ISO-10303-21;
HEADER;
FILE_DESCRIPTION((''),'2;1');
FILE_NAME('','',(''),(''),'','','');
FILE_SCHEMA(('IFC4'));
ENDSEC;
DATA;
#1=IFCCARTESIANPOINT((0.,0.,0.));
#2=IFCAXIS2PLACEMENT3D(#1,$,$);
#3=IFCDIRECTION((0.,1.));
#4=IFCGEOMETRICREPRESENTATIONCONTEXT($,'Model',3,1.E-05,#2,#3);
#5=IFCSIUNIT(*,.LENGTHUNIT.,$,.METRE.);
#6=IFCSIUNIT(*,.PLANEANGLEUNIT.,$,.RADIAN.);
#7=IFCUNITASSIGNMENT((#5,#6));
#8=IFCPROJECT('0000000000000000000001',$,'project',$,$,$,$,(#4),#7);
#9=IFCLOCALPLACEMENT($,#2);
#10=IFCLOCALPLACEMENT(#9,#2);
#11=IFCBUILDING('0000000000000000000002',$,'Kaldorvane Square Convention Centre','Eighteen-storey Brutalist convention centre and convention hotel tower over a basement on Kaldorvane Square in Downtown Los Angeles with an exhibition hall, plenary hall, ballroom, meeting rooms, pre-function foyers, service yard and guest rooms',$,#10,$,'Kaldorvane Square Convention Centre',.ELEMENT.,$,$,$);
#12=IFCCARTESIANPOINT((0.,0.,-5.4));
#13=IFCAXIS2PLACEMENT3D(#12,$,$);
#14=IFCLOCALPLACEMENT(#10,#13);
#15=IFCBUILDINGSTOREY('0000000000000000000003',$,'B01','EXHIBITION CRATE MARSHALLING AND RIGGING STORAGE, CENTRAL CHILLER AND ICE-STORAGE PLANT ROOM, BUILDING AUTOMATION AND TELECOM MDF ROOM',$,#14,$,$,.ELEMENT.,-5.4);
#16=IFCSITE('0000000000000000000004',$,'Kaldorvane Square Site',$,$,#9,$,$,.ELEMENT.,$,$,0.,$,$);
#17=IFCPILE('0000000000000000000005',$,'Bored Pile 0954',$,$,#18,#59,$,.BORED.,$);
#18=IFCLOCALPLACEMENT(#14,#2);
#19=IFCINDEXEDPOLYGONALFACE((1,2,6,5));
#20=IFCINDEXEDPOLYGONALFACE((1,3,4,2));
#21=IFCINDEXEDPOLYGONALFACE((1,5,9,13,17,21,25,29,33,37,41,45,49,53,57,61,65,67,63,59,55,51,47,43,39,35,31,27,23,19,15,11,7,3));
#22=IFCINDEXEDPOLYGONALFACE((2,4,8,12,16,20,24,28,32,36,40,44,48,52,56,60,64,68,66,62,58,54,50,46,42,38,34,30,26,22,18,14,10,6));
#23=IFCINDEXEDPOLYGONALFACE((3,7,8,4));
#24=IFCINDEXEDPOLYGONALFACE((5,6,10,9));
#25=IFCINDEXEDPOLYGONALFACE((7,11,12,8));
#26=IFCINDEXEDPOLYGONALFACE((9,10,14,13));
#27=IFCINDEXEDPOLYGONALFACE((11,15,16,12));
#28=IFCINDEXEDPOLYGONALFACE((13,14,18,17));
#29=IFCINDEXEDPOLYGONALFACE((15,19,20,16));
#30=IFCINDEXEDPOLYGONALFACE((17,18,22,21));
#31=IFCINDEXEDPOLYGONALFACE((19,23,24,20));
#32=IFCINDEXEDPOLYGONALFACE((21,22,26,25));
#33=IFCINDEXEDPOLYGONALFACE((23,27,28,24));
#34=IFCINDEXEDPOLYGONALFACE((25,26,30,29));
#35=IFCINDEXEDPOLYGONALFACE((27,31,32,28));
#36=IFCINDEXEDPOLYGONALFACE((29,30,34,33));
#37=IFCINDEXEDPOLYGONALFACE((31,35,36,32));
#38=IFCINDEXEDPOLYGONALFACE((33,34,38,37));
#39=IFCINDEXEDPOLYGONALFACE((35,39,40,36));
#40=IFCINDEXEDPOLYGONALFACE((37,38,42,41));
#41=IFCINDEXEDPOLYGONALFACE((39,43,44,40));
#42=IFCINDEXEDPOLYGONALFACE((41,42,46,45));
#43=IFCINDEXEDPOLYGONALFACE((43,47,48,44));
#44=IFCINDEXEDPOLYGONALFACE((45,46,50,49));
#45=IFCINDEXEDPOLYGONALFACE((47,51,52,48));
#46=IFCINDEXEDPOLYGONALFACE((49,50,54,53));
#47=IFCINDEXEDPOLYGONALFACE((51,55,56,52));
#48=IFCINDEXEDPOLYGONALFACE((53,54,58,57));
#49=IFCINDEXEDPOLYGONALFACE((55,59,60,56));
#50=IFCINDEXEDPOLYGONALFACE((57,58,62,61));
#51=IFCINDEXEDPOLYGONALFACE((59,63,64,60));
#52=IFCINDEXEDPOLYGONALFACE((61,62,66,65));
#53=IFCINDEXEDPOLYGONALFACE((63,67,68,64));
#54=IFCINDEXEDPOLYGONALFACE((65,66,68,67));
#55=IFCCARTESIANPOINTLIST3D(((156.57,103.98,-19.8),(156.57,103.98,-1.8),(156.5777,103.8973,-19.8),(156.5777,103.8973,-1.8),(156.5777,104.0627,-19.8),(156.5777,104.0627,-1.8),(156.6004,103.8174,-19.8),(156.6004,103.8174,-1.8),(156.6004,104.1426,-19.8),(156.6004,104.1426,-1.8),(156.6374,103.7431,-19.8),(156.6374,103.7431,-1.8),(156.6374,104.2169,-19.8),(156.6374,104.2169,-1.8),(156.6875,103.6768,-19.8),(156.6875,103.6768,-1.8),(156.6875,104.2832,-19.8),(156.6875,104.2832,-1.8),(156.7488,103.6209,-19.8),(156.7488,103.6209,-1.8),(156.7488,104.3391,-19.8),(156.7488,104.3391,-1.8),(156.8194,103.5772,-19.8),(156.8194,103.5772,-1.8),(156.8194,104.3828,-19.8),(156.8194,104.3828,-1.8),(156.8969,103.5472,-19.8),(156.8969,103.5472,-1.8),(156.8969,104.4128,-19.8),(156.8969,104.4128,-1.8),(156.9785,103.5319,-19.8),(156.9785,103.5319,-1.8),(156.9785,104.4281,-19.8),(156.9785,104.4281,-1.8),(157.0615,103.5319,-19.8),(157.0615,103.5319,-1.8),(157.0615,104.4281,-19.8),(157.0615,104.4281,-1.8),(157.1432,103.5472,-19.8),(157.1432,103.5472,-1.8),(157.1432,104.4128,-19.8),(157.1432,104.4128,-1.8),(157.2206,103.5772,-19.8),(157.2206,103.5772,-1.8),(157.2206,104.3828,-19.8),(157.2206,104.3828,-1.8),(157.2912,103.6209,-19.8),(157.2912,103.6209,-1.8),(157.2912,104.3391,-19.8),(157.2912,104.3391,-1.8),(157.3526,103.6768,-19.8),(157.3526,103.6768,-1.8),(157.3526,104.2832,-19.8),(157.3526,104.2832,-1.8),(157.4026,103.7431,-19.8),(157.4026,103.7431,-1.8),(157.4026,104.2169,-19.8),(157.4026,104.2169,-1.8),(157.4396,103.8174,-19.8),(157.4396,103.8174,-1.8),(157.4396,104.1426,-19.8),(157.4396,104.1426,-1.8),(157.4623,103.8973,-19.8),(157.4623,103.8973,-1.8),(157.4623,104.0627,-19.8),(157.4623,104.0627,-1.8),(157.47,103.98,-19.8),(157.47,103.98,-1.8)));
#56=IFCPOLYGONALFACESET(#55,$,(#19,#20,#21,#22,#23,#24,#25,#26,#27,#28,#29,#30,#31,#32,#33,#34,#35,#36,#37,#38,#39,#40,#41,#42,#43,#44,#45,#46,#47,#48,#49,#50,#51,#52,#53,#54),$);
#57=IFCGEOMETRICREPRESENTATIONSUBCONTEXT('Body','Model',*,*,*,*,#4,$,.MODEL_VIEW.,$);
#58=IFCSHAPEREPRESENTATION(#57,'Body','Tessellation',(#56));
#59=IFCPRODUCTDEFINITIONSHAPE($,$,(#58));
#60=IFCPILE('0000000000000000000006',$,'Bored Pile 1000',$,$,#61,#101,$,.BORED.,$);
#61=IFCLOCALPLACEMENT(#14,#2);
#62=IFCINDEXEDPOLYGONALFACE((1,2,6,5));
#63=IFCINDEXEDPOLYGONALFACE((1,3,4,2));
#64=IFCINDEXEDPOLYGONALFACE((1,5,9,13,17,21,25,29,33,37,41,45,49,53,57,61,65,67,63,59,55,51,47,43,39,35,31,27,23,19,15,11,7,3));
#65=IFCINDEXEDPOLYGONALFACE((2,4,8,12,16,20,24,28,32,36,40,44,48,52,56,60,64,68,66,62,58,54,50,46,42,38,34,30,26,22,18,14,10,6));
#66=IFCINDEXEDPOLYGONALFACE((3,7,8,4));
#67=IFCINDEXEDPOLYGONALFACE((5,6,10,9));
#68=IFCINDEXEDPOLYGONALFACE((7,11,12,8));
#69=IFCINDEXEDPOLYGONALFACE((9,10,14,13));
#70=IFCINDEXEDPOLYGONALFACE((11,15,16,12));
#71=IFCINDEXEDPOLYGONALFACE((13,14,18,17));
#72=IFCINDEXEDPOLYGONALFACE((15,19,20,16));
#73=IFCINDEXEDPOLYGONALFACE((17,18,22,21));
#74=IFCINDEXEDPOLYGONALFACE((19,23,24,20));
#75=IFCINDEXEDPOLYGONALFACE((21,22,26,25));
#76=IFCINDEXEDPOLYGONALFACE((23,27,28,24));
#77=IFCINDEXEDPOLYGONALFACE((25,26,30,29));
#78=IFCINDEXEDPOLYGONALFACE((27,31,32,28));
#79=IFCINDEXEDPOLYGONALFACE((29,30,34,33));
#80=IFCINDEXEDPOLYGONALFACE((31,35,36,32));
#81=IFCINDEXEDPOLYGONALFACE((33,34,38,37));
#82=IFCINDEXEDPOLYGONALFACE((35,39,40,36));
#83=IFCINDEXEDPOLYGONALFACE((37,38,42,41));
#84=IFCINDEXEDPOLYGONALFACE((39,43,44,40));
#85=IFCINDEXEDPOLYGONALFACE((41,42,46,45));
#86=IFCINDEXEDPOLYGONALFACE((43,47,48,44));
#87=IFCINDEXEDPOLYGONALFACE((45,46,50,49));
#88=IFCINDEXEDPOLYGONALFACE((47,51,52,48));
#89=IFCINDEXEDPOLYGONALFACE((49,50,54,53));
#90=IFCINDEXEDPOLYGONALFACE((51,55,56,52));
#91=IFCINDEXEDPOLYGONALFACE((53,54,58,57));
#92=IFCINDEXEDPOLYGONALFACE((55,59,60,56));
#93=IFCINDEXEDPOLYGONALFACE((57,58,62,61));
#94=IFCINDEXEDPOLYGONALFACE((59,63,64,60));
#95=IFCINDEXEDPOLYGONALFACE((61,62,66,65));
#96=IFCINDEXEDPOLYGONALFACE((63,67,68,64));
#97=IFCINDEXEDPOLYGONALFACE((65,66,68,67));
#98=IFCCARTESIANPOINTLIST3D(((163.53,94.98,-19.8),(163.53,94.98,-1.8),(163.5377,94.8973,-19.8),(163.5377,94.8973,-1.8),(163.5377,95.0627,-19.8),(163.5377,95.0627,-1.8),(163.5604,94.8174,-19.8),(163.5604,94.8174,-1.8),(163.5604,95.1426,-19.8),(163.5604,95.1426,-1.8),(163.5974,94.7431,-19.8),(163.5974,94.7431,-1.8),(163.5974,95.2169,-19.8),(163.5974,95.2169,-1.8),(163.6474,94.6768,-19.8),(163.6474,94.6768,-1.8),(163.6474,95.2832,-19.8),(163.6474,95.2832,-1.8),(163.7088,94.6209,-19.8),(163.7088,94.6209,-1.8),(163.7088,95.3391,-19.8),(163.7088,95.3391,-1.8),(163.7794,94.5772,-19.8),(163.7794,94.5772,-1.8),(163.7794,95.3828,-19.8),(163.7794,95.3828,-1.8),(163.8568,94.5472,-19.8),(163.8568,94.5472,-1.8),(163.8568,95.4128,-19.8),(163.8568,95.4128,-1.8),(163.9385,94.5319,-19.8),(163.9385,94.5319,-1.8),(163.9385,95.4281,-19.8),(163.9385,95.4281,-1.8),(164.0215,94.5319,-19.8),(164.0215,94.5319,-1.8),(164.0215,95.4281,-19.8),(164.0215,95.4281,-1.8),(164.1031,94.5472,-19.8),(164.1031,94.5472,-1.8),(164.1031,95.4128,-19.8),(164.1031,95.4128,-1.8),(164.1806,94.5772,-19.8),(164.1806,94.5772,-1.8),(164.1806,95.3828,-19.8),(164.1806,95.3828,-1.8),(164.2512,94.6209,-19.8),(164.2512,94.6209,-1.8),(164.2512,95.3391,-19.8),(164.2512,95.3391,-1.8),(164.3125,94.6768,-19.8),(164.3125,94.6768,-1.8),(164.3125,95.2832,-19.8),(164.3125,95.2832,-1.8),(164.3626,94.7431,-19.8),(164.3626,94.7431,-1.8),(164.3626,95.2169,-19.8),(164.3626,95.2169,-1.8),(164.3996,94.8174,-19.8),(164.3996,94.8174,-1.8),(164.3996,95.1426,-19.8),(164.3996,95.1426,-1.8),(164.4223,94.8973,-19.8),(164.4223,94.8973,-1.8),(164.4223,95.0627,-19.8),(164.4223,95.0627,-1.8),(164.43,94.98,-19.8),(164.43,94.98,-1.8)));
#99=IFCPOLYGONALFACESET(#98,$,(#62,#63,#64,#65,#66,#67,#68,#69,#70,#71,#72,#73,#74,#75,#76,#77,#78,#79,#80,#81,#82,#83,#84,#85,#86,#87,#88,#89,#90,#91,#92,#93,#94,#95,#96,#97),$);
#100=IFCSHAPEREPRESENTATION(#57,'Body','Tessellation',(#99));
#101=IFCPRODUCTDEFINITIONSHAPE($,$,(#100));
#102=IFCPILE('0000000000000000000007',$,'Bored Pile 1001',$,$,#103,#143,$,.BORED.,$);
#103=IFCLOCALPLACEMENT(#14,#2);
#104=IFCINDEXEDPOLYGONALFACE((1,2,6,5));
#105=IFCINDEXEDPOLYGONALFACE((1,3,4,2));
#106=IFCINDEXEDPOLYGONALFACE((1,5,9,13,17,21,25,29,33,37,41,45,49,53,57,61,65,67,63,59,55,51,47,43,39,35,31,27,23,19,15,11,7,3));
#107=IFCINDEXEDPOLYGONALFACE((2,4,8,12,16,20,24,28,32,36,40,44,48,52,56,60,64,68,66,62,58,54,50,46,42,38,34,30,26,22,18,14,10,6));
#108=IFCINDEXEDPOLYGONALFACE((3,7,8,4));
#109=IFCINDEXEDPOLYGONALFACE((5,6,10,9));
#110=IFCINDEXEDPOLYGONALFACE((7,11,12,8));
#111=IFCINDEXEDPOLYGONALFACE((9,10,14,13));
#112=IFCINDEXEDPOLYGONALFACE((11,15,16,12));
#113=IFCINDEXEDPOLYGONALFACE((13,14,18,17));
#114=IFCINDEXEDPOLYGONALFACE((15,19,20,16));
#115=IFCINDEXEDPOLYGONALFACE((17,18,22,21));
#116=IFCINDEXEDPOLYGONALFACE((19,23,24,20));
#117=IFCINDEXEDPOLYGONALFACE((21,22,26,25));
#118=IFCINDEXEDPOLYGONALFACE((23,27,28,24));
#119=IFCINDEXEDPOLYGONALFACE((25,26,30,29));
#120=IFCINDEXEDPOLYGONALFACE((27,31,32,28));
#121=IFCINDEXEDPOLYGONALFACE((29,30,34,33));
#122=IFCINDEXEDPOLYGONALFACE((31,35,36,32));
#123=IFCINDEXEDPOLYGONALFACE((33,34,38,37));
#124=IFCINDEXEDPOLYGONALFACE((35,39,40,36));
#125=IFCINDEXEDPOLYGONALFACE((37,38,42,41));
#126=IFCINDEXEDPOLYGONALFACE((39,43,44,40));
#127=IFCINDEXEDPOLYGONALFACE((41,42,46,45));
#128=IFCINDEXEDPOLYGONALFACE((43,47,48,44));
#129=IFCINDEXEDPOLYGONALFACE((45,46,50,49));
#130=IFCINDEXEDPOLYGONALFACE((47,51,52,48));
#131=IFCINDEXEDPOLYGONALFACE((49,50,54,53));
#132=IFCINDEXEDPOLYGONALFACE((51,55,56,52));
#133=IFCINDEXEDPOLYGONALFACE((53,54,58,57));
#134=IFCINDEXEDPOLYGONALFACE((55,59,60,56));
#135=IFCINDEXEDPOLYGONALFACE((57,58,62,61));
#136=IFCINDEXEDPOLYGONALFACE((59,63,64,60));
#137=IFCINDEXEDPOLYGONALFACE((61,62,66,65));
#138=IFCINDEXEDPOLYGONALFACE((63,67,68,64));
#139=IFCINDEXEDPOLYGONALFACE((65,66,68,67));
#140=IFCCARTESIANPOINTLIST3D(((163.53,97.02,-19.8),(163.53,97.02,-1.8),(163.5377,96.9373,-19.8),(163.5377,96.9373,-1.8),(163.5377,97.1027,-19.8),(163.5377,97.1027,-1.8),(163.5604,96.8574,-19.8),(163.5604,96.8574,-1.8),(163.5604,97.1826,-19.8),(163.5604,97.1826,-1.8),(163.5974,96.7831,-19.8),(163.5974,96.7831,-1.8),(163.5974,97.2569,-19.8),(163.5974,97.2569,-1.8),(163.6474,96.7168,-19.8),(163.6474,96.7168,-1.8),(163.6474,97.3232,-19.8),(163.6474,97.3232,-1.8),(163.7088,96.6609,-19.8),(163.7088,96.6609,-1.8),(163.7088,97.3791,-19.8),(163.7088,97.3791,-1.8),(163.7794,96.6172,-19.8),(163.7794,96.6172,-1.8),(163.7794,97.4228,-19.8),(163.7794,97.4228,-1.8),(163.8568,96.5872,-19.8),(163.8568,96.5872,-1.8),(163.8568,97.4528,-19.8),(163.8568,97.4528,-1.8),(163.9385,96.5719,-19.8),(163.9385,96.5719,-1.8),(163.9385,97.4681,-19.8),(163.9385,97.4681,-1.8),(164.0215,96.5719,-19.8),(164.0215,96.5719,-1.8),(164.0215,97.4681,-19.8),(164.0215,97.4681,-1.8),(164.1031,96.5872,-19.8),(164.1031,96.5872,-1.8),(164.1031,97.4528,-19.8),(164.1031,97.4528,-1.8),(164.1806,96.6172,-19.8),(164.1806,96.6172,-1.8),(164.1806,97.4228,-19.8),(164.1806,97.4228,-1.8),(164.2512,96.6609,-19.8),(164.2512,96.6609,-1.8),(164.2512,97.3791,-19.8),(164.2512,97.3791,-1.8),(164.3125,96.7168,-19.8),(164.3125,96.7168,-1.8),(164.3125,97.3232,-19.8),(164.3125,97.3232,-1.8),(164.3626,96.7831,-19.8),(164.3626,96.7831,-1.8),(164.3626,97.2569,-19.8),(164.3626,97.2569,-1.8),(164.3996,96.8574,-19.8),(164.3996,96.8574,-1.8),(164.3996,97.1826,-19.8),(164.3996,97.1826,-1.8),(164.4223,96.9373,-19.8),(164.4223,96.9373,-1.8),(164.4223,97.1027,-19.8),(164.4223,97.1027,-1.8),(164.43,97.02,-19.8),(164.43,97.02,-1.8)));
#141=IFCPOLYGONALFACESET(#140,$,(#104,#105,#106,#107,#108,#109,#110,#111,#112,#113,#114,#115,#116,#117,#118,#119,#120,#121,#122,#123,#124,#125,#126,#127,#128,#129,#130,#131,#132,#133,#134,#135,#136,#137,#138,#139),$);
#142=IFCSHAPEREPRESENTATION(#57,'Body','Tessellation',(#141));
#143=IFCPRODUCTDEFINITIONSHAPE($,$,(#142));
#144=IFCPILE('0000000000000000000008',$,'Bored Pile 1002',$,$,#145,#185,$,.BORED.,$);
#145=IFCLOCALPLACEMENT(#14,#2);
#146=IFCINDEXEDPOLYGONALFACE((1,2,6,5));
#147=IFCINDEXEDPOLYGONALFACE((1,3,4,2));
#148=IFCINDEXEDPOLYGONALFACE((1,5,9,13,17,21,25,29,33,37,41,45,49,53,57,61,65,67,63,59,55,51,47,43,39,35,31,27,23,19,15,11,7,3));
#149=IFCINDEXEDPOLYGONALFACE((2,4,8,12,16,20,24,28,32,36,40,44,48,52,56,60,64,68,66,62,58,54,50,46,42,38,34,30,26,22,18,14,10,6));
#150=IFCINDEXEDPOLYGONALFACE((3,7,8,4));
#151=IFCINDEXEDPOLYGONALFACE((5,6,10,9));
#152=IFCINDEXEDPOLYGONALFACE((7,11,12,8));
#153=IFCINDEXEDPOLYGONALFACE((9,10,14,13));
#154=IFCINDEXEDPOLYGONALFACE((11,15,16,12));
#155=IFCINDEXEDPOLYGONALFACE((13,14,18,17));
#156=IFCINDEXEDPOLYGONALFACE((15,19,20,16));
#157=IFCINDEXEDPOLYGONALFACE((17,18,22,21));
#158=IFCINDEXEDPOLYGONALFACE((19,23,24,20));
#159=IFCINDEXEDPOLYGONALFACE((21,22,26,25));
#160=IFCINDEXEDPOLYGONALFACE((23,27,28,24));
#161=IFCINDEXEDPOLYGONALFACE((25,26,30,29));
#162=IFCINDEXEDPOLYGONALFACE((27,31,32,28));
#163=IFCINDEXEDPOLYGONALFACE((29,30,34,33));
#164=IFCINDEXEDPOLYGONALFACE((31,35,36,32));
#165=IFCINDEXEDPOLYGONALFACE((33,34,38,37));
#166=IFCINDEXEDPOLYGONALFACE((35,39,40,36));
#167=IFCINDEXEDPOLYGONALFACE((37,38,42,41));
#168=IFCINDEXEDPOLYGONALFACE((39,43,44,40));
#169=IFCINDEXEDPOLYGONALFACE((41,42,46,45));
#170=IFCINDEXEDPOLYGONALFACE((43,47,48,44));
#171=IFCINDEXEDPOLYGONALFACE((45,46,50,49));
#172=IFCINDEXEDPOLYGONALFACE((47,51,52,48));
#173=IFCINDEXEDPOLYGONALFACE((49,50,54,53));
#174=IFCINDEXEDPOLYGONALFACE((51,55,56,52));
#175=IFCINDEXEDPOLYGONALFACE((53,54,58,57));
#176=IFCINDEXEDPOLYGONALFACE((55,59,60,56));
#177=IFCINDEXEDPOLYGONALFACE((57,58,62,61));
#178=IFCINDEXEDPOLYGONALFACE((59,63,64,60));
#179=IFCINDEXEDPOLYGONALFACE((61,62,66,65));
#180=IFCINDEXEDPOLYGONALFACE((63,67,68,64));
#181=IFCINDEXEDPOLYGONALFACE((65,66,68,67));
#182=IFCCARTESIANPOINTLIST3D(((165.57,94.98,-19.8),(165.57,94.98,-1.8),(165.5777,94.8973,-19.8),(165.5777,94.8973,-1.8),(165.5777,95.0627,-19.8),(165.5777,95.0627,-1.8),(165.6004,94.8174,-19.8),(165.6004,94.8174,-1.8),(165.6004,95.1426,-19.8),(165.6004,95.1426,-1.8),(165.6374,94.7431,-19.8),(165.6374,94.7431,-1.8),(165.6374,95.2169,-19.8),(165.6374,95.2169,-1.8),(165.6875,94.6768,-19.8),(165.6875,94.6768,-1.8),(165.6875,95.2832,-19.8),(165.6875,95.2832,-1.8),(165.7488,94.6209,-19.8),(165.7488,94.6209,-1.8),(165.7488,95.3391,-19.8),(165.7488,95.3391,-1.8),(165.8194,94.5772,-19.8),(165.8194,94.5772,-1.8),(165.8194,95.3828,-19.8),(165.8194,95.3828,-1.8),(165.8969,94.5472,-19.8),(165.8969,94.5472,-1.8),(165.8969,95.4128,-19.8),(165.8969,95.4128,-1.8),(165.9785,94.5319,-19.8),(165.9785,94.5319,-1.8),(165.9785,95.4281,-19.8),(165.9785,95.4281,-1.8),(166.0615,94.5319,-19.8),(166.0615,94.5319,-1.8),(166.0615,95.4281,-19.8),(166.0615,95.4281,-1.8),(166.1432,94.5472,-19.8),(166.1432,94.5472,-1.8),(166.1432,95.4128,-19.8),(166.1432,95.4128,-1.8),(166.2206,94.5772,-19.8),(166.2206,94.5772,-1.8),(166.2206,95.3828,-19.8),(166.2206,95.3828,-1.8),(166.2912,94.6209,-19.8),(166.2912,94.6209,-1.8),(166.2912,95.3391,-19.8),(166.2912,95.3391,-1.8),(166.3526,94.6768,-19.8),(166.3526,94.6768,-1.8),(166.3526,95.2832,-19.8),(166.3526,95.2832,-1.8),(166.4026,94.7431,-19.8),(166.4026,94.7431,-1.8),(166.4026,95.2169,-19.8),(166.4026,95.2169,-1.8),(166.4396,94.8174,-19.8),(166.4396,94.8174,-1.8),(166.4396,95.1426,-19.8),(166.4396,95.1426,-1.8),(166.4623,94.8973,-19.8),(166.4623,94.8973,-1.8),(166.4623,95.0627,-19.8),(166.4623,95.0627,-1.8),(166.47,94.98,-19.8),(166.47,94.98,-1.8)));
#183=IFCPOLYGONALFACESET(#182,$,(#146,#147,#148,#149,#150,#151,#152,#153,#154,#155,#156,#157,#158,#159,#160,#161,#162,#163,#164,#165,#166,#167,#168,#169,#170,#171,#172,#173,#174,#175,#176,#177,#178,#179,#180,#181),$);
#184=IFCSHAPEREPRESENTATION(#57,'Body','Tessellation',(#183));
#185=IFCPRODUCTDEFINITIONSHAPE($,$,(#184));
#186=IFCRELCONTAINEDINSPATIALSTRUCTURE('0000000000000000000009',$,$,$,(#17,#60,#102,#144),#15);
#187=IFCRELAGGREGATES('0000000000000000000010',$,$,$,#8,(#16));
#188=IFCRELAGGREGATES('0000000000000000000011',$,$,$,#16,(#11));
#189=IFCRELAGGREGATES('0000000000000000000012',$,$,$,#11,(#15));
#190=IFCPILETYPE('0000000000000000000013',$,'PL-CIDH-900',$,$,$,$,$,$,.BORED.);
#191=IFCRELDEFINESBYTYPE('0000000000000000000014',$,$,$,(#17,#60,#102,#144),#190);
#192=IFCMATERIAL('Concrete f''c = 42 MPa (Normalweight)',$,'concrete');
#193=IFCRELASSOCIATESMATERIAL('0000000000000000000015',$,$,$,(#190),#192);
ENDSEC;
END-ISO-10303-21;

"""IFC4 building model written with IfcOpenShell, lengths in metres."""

from ifc_helpers import new_model, si_unit, direction, frame, origin, origin_2d, place, context, subcontext, project, spatial, circle, extrude, material, material_profile, profile_set, type_object, element, save


model = new_model("IFC4")

# Units and contexts
model_context = context("Model", 3, precision=1e-05, world=origin(), true_north=direction((0.0, 1.0)))
body_context = subcontext(model_context, "Body", "Model", "MODEL_VIEW")
ifc_project = project(units=[si_unit("LENGTHUNIT", "METRE"), si_unit("PLANEANGLEUNIT", "RADIAN")], contexts=[model_context])

# Site, building, storey
site_placement = place(None, origin())
site = spatial("IfcSite", under=ifc_project, at=site_placement, Name="Kaldorvane Square Site", CompositionType="ELEMENT", RefElevation=0.0)
building_placement = place(site_placement, origin())
building = spatial("IfcBuilding", under=site, at=building_placement, Name="Kaldorvane Square Convention Centre", Description="Eighteen-storey Brutalist convention centre and convention hotel tower over a basement on Kaldorvane Square in Downtown Los Angeles with an exhibition hall, plenary hall, ballroom, meeting rooms, pre-function foyers, service yard and guest rooms", LongName="Kaldorvane Square Convention Centre", CompositionType="ELEMENT")
storey_placement = place(building_placement, frame((0.0, 0.0, -5.4)))
storey = spatial("IfcBuildingStorey", under=building, at=storey_placement, Name="B01", Description="EXHIBITION CRATE MARSHALLING AND RIGGING STORAGE, CENTRAL CHILLER AND ICE-STORAGE PLANT ROOM, BUILDING AUTOMATION AND TELECOM MDF ROOM", CompositionType="ELEMENT", Elevation=-5.4)

# Shared definitions
ifc_material_1 = material(Name="Concrete f'c = 42 MPa (Normalweight)", Category="concrete")

# Piles
ifc_material_profile_1 = material_profile(ifc_material_1, circle(Radius=0.45, at=origin_2d()), Name="PILE-D900")
ifc_profile_set_1 = profile_set([ifc_material_profile_1], Name="Concrete f'c = 42 MPa (Normalweight)")
pile_type = type_object("IfcPileType", Name="PL-CIDH-900", PredefinedType="BORED", material=ifc_profile_set_1)
for number, where, z_axis, x_axis, name in (
    (1, (157.02, 103.98, -1.8), (0.0, 0.0, -1.0), (1.0, 0.0, 0.0), "Bored Pile 0954"),
    (2, (163.98, 94.98, -1.8), (0.0, 0.0, -1.0), (1.0, 0.0, 0.0), "Bored Pile 1000"),
    (3, (163.98, 97.02, -1.8), (0.0, 0.0, -1.0), (1.0, 0.0, 0.0), "Bored Pile 1001"),
    (4, (166.02, 94.98, -1.8), (0.0, 0.0, -1.0), (1.0, 0.0, 0.0), "Bored Pile 1002"),
):
    element("IfcPile", number, at=place(storey_placement, frame(where, z_axis=z_axis, x_axis=x_axis)), inside=storey, type_object=pile_type, Name=name, PredefinedType="BORED", context=body_context, shape_type="SweptSolid", body=[
        extrude(circle(Radius=0.45, at=origin_2d()), origin(), (0.0, 0.0, 1.0), 18.0),
    ])

save(model, "model.ifc")
